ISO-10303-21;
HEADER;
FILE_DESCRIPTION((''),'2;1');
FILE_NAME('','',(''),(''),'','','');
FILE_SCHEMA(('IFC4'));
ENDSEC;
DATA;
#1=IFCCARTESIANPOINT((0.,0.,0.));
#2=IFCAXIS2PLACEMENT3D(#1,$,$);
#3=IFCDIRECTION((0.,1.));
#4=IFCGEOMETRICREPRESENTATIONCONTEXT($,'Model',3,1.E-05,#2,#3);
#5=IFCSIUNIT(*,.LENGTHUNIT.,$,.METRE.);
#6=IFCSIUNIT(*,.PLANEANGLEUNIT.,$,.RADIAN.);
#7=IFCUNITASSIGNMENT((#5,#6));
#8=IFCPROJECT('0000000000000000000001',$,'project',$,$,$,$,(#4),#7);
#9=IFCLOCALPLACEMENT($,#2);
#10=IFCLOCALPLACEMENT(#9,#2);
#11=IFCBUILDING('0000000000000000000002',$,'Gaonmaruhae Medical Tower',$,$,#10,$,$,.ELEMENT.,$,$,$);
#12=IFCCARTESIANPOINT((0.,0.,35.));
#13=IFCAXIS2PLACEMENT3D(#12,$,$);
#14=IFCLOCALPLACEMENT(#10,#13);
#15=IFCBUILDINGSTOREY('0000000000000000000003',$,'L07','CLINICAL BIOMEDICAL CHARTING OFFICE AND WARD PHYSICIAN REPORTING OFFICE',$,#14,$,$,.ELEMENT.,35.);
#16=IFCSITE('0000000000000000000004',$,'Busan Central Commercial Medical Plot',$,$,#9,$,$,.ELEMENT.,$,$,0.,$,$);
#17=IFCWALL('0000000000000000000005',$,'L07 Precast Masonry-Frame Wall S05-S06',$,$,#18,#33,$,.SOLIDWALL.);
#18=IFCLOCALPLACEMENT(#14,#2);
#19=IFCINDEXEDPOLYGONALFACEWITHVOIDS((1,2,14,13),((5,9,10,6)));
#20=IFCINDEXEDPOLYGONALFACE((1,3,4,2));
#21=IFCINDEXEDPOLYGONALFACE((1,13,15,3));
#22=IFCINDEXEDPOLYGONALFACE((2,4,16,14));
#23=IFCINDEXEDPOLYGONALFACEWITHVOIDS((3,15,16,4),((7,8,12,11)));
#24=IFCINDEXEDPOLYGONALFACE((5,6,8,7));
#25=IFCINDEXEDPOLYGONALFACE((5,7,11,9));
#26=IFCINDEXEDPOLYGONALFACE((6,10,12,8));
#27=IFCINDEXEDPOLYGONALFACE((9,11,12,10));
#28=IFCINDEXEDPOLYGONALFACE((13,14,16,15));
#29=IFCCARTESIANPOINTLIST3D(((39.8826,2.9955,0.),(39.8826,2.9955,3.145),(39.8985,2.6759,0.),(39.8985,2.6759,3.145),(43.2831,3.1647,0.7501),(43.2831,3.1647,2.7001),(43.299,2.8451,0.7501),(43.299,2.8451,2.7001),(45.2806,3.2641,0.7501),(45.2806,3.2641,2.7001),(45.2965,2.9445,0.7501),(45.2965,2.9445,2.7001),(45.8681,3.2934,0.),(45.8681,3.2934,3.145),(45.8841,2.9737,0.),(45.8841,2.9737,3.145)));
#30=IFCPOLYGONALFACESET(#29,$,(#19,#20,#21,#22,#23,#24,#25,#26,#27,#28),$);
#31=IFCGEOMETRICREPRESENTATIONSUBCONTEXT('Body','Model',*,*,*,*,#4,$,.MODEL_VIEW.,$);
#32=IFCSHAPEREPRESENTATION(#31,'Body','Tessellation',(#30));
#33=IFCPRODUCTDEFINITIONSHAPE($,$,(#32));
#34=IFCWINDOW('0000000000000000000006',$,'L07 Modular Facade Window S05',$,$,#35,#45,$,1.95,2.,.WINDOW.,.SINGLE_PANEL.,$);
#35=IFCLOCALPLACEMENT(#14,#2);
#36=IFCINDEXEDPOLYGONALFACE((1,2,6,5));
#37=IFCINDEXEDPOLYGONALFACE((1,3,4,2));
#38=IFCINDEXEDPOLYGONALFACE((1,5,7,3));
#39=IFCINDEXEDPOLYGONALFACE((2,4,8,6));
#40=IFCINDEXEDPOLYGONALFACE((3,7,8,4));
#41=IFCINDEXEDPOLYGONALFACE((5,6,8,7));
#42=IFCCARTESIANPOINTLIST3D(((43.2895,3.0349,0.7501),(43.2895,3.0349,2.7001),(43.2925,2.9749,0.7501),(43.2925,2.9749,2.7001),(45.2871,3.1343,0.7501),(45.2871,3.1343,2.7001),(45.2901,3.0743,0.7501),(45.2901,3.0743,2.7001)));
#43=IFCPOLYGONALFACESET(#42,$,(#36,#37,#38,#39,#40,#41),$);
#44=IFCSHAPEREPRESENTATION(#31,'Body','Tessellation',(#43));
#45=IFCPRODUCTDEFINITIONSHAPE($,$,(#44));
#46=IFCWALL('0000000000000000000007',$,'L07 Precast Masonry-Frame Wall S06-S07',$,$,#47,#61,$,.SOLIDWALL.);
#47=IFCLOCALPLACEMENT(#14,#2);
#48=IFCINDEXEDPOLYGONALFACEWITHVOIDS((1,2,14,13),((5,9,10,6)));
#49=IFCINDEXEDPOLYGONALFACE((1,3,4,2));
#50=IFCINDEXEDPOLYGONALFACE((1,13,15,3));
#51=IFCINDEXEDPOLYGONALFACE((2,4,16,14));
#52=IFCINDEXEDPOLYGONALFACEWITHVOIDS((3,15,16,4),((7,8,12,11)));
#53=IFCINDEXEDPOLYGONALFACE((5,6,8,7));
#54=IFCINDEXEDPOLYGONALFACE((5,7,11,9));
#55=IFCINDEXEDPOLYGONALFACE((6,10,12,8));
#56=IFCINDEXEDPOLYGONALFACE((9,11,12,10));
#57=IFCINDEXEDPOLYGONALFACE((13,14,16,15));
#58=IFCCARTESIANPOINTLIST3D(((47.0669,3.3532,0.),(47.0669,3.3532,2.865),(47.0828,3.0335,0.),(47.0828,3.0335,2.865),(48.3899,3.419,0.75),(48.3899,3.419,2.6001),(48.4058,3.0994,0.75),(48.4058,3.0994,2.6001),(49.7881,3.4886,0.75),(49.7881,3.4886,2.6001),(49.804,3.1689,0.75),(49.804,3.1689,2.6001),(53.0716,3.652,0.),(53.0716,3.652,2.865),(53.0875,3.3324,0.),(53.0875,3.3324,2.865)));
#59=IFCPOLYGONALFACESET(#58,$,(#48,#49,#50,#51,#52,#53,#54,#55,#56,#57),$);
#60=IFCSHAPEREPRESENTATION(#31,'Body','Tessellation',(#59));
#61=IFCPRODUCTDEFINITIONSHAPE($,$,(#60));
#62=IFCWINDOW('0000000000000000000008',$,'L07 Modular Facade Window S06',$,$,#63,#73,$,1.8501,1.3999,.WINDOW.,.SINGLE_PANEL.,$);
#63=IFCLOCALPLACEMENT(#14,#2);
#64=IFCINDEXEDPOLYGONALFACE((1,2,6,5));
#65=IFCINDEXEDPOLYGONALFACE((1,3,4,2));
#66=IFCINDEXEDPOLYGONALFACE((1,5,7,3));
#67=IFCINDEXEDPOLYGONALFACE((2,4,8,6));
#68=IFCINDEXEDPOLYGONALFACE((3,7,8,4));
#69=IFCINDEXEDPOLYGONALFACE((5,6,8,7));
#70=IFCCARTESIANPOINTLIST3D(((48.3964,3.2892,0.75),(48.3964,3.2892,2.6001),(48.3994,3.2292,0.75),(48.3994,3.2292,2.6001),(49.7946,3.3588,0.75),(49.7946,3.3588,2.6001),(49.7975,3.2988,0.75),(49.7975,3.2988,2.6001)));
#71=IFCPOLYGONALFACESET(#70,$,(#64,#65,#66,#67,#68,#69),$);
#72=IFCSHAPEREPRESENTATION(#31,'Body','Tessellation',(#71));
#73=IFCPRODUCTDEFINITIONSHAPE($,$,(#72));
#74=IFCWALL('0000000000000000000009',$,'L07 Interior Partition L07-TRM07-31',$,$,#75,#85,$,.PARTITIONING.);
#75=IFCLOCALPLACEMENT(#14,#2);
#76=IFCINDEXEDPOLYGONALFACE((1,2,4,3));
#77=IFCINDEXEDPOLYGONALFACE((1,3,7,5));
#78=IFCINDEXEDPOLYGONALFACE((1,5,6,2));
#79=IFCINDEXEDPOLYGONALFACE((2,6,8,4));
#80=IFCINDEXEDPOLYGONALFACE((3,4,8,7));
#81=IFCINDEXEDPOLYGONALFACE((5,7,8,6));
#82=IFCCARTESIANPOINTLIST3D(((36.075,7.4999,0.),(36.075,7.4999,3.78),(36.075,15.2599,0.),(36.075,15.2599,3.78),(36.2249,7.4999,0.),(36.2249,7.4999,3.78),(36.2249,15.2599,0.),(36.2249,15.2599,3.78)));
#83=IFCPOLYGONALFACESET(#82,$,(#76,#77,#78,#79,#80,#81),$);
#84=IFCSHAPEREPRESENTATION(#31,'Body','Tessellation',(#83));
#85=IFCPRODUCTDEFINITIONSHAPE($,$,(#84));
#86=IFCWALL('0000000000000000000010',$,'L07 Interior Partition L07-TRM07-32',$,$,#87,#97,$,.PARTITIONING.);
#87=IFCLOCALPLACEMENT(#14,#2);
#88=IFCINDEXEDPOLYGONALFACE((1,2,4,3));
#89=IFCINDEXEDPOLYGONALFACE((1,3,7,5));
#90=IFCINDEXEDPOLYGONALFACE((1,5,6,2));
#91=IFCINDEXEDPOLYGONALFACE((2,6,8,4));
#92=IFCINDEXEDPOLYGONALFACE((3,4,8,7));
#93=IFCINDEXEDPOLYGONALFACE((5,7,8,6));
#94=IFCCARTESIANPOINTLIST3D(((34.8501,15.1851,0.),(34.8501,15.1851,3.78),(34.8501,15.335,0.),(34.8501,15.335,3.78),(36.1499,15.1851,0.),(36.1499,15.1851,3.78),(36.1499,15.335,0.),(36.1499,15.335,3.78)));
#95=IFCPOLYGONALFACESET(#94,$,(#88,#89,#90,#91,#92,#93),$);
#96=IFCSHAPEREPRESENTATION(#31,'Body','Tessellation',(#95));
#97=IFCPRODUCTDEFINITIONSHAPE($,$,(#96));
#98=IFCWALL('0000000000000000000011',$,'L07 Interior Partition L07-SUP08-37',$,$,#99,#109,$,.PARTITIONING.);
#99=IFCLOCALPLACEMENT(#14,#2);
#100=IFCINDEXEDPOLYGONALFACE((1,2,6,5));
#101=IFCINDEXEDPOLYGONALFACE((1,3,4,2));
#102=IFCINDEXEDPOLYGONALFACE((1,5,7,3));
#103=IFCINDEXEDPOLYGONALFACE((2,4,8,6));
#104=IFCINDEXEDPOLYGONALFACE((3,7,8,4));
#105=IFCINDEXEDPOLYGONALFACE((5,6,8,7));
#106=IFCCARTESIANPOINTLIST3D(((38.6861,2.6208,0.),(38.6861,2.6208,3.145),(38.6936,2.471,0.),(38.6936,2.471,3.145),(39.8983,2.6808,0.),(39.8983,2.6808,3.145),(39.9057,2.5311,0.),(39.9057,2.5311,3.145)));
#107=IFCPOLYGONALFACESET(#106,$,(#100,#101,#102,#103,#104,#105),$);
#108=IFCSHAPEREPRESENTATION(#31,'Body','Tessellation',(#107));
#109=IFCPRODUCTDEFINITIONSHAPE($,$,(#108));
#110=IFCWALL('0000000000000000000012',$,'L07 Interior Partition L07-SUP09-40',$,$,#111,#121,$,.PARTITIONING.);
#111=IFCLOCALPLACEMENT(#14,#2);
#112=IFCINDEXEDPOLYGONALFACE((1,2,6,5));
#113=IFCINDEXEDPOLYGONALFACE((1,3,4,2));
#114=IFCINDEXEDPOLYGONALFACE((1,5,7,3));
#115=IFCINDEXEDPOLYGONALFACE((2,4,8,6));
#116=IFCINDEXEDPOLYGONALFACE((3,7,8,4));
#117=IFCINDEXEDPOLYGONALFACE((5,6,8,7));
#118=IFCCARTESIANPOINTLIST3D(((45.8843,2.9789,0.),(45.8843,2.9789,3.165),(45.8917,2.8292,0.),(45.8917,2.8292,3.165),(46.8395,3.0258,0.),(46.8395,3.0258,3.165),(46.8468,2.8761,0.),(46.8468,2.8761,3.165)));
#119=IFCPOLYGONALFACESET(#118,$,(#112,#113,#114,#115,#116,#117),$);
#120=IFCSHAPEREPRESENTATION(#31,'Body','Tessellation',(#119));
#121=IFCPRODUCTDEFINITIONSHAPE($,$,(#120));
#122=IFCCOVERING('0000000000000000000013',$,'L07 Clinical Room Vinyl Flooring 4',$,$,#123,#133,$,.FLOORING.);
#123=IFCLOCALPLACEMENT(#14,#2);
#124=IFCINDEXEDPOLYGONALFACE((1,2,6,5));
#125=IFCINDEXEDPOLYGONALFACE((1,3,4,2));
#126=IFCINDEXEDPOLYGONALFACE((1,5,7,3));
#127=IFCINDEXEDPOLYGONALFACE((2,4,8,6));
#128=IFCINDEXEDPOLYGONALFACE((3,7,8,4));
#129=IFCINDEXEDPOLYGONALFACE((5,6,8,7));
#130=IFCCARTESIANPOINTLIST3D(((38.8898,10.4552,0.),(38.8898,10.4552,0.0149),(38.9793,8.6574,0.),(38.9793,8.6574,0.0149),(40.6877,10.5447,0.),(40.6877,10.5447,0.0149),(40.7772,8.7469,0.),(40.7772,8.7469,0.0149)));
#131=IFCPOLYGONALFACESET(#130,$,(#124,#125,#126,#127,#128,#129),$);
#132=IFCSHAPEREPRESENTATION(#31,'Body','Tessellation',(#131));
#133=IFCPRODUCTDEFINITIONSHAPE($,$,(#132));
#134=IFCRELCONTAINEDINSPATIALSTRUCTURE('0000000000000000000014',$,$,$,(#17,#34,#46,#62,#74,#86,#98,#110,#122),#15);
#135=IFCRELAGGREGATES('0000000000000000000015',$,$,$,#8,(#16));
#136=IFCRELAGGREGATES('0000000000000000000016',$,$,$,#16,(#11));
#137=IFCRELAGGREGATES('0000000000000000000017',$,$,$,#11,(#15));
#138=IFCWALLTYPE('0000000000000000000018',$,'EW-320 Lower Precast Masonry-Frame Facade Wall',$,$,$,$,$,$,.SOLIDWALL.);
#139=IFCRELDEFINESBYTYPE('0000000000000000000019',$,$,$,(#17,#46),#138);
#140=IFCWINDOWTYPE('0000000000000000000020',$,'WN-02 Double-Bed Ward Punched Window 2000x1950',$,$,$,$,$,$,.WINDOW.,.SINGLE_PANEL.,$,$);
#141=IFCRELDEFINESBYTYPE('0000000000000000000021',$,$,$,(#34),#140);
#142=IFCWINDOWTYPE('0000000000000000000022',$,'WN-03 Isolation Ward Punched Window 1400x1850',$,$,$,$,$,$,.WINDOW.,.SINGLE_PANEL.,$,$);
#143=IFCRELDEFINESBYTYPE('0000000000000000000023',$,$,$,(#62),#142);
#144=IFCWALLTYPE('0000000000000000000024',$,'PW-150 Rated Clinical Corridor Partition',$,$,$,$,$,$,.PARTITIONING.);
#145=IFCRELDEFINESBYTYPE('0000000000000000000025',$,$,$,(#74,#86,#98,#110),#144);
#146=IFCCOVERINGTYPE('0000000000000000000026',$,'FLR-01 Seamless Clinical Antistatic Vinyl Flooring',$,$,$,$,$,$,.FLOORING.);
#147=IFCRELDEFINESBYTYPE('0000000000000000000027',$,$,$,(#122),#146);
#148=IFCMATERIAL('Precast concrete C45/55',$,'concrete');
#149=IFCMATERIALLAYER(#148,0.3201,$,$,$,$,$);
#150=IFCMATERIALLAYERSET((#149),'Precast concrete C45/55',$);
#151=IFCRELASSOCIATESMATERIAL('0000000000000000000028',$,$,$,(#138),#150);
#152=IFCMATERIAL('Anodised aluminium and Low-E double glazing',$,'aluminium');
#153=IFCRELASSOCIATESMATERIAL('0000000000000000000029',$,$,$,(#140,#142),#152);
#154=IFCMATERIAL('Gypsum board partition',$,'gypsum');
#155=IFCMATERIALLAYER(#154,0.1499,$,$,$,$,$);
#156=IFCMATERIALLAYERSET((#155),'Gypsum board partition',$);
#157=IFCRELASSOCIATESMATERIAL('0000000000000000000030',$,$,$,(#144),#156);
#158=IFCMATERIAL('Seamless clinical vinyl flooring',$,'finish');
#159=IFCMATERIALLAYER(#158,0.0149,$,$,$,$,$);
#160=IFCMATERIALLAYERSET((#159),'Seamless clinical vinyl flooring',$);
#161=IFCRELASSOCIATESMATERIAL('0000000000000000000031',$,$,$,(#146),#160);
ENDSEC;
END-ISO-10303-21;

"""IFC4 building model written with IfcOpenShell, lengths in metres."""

from ifc_helpers import new_model, si_unit, direction, frame, frame_2d, origin, origin_2d, place, context, subcontext, project, spatial, rectangle, extrude, material, layer, layer_set, type_object, element, fill, save


model = new_model("IFC4")

# Units and contexts
model_context = context("Model", 3, precision=1e-05, world=origin(), true_north=direction((0.0, 1.0)))
body_context = subcontext(model_context, "Body", "Model", "MODEL_VIEW")
ifc_project = project(units=[si_unit("LENGTHUNIT", "METRE"), si_unit("PLANEANGLEUNIT", "RADIAN")], contexts=[model_context])

# Site, building, storey
site_placement = place(None, origin())
site = spatial("IfcSite", under=ifc_project, at=site_placement, Name="Busan Central Commercial Medical Plot", CompositionType="ELEMENT", RefElevation=0.0)
building_placement = place(site_placement, origin())
building = spatial("IfcBuilding", under=site, at=building_placement, Name="Gaonmaruhae Medical Tower", CompositionType="ELEMENT")
storey_placement = place(building_placement, frame((0.0, 0.0, 35.0)))
storey = spatial("IfcBuildingStorey", under=building, at=storey_placement, Name="L07", Description="CLINICAL BIOMEDICAL CHARTING OFFICE AND WARD PHYSICIAN REPORTING OFFICE", CompositionType="ELEMENT", Elevation=35.0)

# Shared definitions
ifc_material_1 = material(Name="Precast concrete C45/55", Category="concrete")

# Shared definitions
ifc_layer_1 = layer(ifc_material_1, 0.3201)
ifc_layer_set_1 = layer_set([ifc_layer_1], Name="Precast concrete C45/55")
wall_type_1 = type_object("IfcWallType", Name="EW-320 Lower Precast Masonry-Frame Facade Wall", PredefinedType="SOLIDWALL", material=ifc_layer_set_1)

# Walls, openings, windows
wall_1_placement = place(storey_placement, frame((45.8762, 3.1335, 0.0), z_axis=(0.0, 0.0, 1.0), x_axis=(-0.998764, -0.0497, 0.0)))
wall_1 = element("IfcWall", 1, at=wall_1_placement, inside=storey, type_object=wall_type_1, Name="L07 Precast Masonry-Frame Wall S05-S06", PredefinedType="SOLIDWALL", context=body_context, shape_type="SweptSolid", body=[
    extrude(rectangle(XDim=5.9929, YDim=0.3201, at=frame_2d((2.9966, 0.0))), origin(), (0.0, 0.0, 1.0), 3.145),
])
opening_1_placement = place(wall_1_placement, frame((0.5884, 0.0, 0.75)))
opening_1 = element("IfcOpeningElement", 2, at=opening_1_placement, cuts=wall_1, PredefinedType="OPENING", context=body_context, shape_type="SweptSolid", body=[
    extrude(rectangle(XDim=2.0, YDim=1.95, at=frame_2d((1.0, 0.9751))), frame((0.0, 0.1699, 0.0), z_axis=(0.0, -1.0, 0.0), x_axis=(1.0, 0.0, 0.0)), (0.0, 0.0, 1.0), 0.3401),
])
ifc_material_2 = material(Name="Anodised aluminium and Low-E double glazing", Category="aluminium")
window_type_1 = type_object("IfcWindowType", Name="WN-02 Double-Bed Ward Punched Window 2000x1950", PartitioningType="SINGLE_PANEL", PredefinedType="WINDOW", material=ifc_material_2)
window_1_placement = place(opening_1_placement, origin())
window_1 = element("IfcWindow", 3, at=window_1_placement, inside=storey, type_object=window_type_1, Name="L07 Modular Facade Window S05", OverallHeight=1.95, OverallWidth=2.0, PartitioningType="SINGLE_PANEL", PredefinedType="WINDOW", context=body_context, shape_type="SweptSolid", body=[
    extrude(rectangle(XDim=2.0, YDim=1.95, at=frame_2d((1.0, 0.9751))), frame((0.0, 0.03, 0.0), z_axis=(0.0, -1.0, 0.0), x_axis=(1.0, 0.0, 0.0)), (0.0, 0.0, 1.0), 0.0601),
])
fill(opening_1, window_1)
wall_2_placement = place(storey_placement, frame((53.0796, 3.4922, 0.0), z_axis=(0.0, 0.0, 1.0), x_axis=(-0.998764, -0.049703, 0.0)))
wall_2 = element("IfcWall", 4, at=wall_2_placement, inside=storey, type_object=wall_type_1, Name="L07 Precast Masonry-Frame Wall S06-S07", PredefinedType="SOLIDWALL", context=body_context, shape_type="SweptSolid", body=[
    extrude(rectangle(XDim=6.0122, YDim=0.3201, at=frame_2d((3.0061, 0.0))), origin(), (0.0, 0.0, 1.0), 2.865),
])
opening_2_placement = place(wall_2_placement, frame((3.2876, 0.0, 0.75)))
opening_2 = element("IfcOpeningElement", 5, at=opening_2_placement, cuts=wall_2, PredefinedType="OPENING", context=body_context, shape_type="SweptSolid", body=[
    extrude(rectangle(XDim=1.3999, YDim=1.8501, at=frame_2d((0.7, 0.925))), frame((0.0, 0.1699, 0.0), z_axis=(0.0, -1.0, 0.0), x_axis=(1.0, 0.0, 0.0)), (0.0, 0.0, 1.0), 0.3401),
])
window_type_2 = type_object("IfcWindowType", Name="WN-03 Isolation Ward Punched Window 1400x1850", PartitioningType="SINGLE_PANEL", PredefinedType="WINDOW", material=ifc_material_2)
window_2_placement = place(opening_2_placement, origin())
window_2 = element("IfcWindow", 6, at=window_2_placement, inside=storey, type_object=window_type_2, Name="L07 Modular Facade Window S06", OverallHeight=1.8501, OverallWidth=1.3999, PartitioningType="SINGLE_PANEL", PredefinedType="WINDOW", context=body_context, shape_type="SweptSolid", body=[
    extrude(rectangle(XDim=1.3999, YDim=1.8501, at=frame_2d((0.7, 0.925))), frame((0.0, 0.03, 0.0), z_axis=(0.0, -1.0, 0.0), x_axis=(1.0, 0.0, 0.0)), (0.0, 0.0, 1.0), 0.0601),
])
fill(opening_2, window_2)

# Walls
ifc_material_3 = material(Name="Gypsum board partition", Category="gypsum")
ifc_layer_2 = layer(ifc_material_3, 0.1499)
ifc_layer_set_2 = layer_set([ifc_layer_2], Name="Gypsum board partition")
wall_type_2 = type_object("IfcWallType", Name="PW-150 Rated Clinical Corridor Partition", PredefinedType="PARTITIONING", material=ifc_layer_set_2)
wall_3_placement = place(storey_placement, frame((36.1499, 7.5, 0.0), z_axis=(0.0, 0.0, 1.0), x_axis=(0.0, 1.0, 0.0)))
element("IfcWall", 7, at=wall_3_placement, inside=storey, type_object=wall_type_2, Name="L07 Interior Partition L07-TRM07-31", PredefinedType="PARTITIONING", context=body_context, shape_type="SweptSolid", body=[
    extrude(rectangle(XDim=7.76, YDim=0.1499, at=frame_2d((3.8799, 0.0))), origin(), (0.0, 0.0, 1.0), 3.78),
])
wall_4_placement = place(storey_placement, frame((36.1499, 15.26, 0.0), z_axis=(0.0, 0.0, 1.0), x_axis=(-1.0, 0.0, 0.0)))
element("IfcWall", 8, at=wall_4_placement, inside=storey, type_object=wall_type_2, Name="L07 Interior Partition L07-TRM07-32", PredefinedType="PARTITIONING", context=body_context, shape_type="SweptSolid", body=[
    extrude(rectangle(XDim=1.2998, YDim=0.1499, at=frame_2d((0.6499, 0.0))), origin(), (0.0, 0.0, 1.0), 3.78),
])
wall_5_placement = place(storey_placement, frame((39.9021, 2.606, 0.0), z_axis=(0.0, 0.0, 1.0), x_axis=(-0.998775, -0.049486, 0.0)))
element("IfcWall", 9, at=wall_5_placement, inside=storey, type_object=wall_type_2, Name="L07 Interior Partition L07-SUP08-37", PredefinedType="PARTITIONING", context=body_context, shape_type="SweptSolid", body=[
    extrude(rectangle(XDim=1.2136, YDim=0.1499, at=frame_2d((0.6069, 0.0))), origin(), (0.0, 0.0, 1.0), 3.145),
])
wall_6_placement = place(storey_placement, frame((46.843, 2.9509, 0.0), z_axis=(0.0, 0.0, 1.0), x_axis=(-0.998798, -0.049021, 0.0)))
element("IfcWall", 10, at=wall_6_placement, inside=storey, type_object=wall_type_2, Name="L07 Interior Partition L07-SUP09-40", PredefinedType="PARTITIONING", context=body_context, shape_type="SweptSolid", body=[
    extrude(rectangle(XDim=0.9563, YDim=0.1499, at=frame_2d((0.478, 0.0))), origin(), (0.0, 0.0, 1.0), 3.165),
])

# Covering
ifc_material_4 = material(Name="Seamless clinical vinyl flooring", Category="finish")
ifc_layer_3 = layer(ifc_material_4, 0.0149)
ifc_layer_set_3 = layer_set([ifc_layer_3], Name="Seamless clinical vinyl flooring")
covering_type = type_object("IfcCoveringType", Name="FLR-01 Seamless Clinical Antistatic Vinyl Flooring", PredefinedType="FLOORING", material=ifc_layer_set_3)
covering_placement = place(storey_placement, frame((39.8335, 9.6011, 0.0), z_axis=(0.0, 0.0, 1.0), x_axis=(0.998763, 0.049721, 0.0)))
element("IfcCovering", 11, at=covering_placement, inside=storey, type_object=covering_type, Name="L07 Clinical Room Vinyl Flooring 4", PredefinedType="FLOORING", context=body_context, shape_type="SweptSolid", body=[
    extrude(rectangle(XDim=1.8, YDim=1.8, at=origin_2d()), origin(), (0.0, 0.0, 1.0), 0.0149),
])

save(model, "model.ifc")
